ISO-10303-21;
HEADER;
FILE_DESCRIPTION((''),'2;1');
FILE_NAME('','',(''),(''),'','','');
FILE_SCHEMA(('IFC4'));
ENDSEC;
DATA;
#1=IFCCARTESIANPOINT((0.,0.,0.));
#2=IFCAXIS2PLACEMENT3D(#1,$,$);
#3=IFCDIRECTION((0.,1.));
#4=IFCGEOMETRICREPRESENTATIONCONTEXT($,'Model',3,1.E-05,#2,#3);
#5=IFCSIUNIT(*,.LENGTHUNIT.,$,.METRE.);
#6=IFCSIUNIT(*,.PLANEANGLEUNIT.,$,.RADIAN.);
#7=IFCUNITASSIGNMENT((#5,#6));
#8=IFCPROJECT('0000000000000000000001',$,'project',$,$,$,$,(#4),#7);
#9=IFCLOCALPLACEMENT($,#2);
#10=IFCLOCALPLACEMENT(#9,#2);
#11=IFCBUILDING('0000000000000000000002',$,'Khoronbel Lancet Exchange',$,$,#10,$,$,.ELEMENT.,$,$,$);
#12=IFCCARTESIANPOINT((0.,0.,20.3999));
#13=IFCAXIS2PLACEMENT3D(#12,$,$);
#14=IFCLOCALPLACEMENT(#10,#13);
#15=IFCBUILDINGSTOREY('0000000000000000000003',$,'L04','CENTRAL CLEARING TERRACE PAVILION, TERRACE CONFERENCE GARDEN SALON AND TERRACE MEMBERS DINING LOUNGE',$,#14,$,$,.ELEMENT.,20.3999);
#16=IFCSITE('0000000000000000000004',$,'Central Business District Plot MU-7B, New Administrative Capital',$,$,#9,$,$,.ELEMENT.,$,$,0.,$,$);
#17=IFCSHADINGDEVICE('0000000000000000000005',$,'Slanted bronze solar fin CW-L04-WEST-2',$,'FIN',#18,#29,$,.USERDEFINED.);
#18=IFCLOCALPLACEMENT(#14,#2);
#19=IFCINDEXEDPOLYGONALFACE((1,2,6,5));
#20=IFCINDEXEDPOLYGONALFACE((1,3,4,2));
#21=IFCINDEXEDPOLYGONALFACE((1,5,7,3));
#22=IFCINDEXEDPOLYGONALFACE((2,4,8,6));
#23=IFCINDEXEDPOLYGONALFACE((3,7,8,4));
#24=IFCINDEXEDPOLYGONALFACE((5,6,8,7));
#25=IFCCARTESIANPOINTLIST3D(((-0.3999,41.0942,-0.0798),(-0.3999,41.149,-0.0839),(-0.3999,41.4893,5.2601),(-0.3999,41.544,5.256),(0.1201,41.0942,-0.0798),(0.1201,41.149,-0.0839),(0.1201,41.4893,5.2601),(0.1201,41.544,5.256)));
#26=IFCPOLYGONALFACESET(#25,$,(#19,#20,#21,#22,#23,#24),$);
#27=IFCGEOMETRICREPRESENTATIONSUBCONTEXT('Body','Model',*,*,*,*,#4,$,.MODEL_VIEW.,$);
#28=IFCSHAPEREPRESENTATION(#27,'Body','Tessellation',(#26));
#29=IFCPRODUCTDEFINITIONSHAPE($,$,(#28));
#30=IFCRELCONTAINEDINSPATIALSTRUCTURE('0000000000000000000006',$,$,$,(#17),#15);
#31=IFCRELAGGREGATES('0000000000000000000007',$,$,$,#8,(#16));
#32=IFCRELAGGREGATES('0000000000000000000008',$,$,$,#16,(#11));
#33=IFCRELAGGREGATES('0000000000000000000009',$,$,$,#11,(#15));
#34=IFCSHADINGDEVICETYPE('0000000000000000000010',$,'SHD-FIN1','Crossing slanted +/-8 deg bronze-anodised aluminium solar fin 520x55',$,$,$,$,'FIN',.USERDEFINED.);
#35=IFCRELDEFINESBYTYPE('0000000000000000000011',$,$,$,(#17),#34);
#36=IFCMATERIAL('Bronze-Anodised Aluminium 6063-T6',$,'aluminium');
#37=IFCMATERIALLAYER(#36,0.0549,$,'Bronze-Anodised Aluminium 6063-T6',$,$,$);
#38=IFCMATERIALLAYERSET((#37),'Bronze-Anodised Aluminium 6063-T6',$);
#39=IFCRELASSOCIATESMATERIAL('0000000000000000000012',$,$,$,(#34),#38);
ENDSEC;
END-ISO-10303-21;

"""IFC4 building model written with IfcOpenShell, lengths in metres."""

from ifc_helpers import new_model, si_unit, direction, frame, origin, place, context, subcontext, project, spatial, polyline, outline, extrude, material, layer, layer_set, type_object, element, save


model = new_model("IFC4")

# Units and contexts
model_context = context("Model", 3, precision=1e-05, world=origin(), true_north=direction((0.0, 1.0)))
body_context = subcontext(model_context, "Body", "Model", "MODEL_VIEW")
ifc_project = project(units=[si_unit("LENGTHUNIT", "METRE"), si_unit("PLANEANGLEUNIT", "RADIAN")], contexts=[model_context])

# Site, building, storey
site_placement = place(None, origin())
site = spatial("IfcSite", under=ifc_project, at=site_placement, Name="Central Business District Plot MU-7B, New Administrative Capital", CompositionType="ELEMENT", RefElevation=0.0)
building_placement = place(site_placement, origin())
building = spatial("IfcBuilding", under=site, at=building_placement, Name="Khoronbel Lancet Exchange", CompositionType="ELEMENT")
storey_placement = place(building_placement, frame((0.0, 0.0, 20.3999)))
storey = spatial("IfcBuildingStorey", under=building, at=storey_placement, Name="L04", Description="CENTRAL CLEARING TERRACE PAVILION, TERRACE CONFERENCE GARDEN SALON AND TERRACE MEMBERS DINING LOUNGE", CompositionType="ELEMENT", Elevation=20.3999)

# Shared definitions
ifc_material_1 = material(Name="Bronze-Anodised Aluminium 6063-T6", Category="aluminium")

# Shading device
ifc_layer_1 = layer(ifc_material_1, 0.0549, Name="Bronze-Anodised Aluminium 6063-T6")
ifc_layer_set_1 = layer_set([ifc_layer_1], Name="Bronze-Anodised Aluminium 6063-T6")
shading_device_type = type_object("IfcShadingDeviceType", Name="SHD-FIN1", Description="Crossing slanted +/-8 deg bronze-anodised aluminium solar fin 520x55", ElementType="FIN", PredefinedType="USERDEFINED", material=ifc_layer_set_1)
shading_device_placement = place(storey_placement, frame((0.1201, 41.0942, -0.0798), z_axis=(0.0, -0.997275, 0.073774), x_axis=(-1.0, 0.0, 0.0)))
element("IfcShadingDevice", 1, at=shading_device_placement, inside=storey, type_object=shading_device_type, Name="Slanted bronze solar fin CW-L04-WEST-2", ObjectType="FIN", PredefinedType="USERDEFINED", context=body_context, shape_type="SweptSolid", body=[
    extrude(outline(polyline([(0.0, 0.0), (0.52, 0.0), (0.52, -5.3545), (0.0, -5.3545), (0.0, 0.0)])), origin(), (0.0, 0.0, -1.0), 0.0549),
])

save(model, "model.ifc")
